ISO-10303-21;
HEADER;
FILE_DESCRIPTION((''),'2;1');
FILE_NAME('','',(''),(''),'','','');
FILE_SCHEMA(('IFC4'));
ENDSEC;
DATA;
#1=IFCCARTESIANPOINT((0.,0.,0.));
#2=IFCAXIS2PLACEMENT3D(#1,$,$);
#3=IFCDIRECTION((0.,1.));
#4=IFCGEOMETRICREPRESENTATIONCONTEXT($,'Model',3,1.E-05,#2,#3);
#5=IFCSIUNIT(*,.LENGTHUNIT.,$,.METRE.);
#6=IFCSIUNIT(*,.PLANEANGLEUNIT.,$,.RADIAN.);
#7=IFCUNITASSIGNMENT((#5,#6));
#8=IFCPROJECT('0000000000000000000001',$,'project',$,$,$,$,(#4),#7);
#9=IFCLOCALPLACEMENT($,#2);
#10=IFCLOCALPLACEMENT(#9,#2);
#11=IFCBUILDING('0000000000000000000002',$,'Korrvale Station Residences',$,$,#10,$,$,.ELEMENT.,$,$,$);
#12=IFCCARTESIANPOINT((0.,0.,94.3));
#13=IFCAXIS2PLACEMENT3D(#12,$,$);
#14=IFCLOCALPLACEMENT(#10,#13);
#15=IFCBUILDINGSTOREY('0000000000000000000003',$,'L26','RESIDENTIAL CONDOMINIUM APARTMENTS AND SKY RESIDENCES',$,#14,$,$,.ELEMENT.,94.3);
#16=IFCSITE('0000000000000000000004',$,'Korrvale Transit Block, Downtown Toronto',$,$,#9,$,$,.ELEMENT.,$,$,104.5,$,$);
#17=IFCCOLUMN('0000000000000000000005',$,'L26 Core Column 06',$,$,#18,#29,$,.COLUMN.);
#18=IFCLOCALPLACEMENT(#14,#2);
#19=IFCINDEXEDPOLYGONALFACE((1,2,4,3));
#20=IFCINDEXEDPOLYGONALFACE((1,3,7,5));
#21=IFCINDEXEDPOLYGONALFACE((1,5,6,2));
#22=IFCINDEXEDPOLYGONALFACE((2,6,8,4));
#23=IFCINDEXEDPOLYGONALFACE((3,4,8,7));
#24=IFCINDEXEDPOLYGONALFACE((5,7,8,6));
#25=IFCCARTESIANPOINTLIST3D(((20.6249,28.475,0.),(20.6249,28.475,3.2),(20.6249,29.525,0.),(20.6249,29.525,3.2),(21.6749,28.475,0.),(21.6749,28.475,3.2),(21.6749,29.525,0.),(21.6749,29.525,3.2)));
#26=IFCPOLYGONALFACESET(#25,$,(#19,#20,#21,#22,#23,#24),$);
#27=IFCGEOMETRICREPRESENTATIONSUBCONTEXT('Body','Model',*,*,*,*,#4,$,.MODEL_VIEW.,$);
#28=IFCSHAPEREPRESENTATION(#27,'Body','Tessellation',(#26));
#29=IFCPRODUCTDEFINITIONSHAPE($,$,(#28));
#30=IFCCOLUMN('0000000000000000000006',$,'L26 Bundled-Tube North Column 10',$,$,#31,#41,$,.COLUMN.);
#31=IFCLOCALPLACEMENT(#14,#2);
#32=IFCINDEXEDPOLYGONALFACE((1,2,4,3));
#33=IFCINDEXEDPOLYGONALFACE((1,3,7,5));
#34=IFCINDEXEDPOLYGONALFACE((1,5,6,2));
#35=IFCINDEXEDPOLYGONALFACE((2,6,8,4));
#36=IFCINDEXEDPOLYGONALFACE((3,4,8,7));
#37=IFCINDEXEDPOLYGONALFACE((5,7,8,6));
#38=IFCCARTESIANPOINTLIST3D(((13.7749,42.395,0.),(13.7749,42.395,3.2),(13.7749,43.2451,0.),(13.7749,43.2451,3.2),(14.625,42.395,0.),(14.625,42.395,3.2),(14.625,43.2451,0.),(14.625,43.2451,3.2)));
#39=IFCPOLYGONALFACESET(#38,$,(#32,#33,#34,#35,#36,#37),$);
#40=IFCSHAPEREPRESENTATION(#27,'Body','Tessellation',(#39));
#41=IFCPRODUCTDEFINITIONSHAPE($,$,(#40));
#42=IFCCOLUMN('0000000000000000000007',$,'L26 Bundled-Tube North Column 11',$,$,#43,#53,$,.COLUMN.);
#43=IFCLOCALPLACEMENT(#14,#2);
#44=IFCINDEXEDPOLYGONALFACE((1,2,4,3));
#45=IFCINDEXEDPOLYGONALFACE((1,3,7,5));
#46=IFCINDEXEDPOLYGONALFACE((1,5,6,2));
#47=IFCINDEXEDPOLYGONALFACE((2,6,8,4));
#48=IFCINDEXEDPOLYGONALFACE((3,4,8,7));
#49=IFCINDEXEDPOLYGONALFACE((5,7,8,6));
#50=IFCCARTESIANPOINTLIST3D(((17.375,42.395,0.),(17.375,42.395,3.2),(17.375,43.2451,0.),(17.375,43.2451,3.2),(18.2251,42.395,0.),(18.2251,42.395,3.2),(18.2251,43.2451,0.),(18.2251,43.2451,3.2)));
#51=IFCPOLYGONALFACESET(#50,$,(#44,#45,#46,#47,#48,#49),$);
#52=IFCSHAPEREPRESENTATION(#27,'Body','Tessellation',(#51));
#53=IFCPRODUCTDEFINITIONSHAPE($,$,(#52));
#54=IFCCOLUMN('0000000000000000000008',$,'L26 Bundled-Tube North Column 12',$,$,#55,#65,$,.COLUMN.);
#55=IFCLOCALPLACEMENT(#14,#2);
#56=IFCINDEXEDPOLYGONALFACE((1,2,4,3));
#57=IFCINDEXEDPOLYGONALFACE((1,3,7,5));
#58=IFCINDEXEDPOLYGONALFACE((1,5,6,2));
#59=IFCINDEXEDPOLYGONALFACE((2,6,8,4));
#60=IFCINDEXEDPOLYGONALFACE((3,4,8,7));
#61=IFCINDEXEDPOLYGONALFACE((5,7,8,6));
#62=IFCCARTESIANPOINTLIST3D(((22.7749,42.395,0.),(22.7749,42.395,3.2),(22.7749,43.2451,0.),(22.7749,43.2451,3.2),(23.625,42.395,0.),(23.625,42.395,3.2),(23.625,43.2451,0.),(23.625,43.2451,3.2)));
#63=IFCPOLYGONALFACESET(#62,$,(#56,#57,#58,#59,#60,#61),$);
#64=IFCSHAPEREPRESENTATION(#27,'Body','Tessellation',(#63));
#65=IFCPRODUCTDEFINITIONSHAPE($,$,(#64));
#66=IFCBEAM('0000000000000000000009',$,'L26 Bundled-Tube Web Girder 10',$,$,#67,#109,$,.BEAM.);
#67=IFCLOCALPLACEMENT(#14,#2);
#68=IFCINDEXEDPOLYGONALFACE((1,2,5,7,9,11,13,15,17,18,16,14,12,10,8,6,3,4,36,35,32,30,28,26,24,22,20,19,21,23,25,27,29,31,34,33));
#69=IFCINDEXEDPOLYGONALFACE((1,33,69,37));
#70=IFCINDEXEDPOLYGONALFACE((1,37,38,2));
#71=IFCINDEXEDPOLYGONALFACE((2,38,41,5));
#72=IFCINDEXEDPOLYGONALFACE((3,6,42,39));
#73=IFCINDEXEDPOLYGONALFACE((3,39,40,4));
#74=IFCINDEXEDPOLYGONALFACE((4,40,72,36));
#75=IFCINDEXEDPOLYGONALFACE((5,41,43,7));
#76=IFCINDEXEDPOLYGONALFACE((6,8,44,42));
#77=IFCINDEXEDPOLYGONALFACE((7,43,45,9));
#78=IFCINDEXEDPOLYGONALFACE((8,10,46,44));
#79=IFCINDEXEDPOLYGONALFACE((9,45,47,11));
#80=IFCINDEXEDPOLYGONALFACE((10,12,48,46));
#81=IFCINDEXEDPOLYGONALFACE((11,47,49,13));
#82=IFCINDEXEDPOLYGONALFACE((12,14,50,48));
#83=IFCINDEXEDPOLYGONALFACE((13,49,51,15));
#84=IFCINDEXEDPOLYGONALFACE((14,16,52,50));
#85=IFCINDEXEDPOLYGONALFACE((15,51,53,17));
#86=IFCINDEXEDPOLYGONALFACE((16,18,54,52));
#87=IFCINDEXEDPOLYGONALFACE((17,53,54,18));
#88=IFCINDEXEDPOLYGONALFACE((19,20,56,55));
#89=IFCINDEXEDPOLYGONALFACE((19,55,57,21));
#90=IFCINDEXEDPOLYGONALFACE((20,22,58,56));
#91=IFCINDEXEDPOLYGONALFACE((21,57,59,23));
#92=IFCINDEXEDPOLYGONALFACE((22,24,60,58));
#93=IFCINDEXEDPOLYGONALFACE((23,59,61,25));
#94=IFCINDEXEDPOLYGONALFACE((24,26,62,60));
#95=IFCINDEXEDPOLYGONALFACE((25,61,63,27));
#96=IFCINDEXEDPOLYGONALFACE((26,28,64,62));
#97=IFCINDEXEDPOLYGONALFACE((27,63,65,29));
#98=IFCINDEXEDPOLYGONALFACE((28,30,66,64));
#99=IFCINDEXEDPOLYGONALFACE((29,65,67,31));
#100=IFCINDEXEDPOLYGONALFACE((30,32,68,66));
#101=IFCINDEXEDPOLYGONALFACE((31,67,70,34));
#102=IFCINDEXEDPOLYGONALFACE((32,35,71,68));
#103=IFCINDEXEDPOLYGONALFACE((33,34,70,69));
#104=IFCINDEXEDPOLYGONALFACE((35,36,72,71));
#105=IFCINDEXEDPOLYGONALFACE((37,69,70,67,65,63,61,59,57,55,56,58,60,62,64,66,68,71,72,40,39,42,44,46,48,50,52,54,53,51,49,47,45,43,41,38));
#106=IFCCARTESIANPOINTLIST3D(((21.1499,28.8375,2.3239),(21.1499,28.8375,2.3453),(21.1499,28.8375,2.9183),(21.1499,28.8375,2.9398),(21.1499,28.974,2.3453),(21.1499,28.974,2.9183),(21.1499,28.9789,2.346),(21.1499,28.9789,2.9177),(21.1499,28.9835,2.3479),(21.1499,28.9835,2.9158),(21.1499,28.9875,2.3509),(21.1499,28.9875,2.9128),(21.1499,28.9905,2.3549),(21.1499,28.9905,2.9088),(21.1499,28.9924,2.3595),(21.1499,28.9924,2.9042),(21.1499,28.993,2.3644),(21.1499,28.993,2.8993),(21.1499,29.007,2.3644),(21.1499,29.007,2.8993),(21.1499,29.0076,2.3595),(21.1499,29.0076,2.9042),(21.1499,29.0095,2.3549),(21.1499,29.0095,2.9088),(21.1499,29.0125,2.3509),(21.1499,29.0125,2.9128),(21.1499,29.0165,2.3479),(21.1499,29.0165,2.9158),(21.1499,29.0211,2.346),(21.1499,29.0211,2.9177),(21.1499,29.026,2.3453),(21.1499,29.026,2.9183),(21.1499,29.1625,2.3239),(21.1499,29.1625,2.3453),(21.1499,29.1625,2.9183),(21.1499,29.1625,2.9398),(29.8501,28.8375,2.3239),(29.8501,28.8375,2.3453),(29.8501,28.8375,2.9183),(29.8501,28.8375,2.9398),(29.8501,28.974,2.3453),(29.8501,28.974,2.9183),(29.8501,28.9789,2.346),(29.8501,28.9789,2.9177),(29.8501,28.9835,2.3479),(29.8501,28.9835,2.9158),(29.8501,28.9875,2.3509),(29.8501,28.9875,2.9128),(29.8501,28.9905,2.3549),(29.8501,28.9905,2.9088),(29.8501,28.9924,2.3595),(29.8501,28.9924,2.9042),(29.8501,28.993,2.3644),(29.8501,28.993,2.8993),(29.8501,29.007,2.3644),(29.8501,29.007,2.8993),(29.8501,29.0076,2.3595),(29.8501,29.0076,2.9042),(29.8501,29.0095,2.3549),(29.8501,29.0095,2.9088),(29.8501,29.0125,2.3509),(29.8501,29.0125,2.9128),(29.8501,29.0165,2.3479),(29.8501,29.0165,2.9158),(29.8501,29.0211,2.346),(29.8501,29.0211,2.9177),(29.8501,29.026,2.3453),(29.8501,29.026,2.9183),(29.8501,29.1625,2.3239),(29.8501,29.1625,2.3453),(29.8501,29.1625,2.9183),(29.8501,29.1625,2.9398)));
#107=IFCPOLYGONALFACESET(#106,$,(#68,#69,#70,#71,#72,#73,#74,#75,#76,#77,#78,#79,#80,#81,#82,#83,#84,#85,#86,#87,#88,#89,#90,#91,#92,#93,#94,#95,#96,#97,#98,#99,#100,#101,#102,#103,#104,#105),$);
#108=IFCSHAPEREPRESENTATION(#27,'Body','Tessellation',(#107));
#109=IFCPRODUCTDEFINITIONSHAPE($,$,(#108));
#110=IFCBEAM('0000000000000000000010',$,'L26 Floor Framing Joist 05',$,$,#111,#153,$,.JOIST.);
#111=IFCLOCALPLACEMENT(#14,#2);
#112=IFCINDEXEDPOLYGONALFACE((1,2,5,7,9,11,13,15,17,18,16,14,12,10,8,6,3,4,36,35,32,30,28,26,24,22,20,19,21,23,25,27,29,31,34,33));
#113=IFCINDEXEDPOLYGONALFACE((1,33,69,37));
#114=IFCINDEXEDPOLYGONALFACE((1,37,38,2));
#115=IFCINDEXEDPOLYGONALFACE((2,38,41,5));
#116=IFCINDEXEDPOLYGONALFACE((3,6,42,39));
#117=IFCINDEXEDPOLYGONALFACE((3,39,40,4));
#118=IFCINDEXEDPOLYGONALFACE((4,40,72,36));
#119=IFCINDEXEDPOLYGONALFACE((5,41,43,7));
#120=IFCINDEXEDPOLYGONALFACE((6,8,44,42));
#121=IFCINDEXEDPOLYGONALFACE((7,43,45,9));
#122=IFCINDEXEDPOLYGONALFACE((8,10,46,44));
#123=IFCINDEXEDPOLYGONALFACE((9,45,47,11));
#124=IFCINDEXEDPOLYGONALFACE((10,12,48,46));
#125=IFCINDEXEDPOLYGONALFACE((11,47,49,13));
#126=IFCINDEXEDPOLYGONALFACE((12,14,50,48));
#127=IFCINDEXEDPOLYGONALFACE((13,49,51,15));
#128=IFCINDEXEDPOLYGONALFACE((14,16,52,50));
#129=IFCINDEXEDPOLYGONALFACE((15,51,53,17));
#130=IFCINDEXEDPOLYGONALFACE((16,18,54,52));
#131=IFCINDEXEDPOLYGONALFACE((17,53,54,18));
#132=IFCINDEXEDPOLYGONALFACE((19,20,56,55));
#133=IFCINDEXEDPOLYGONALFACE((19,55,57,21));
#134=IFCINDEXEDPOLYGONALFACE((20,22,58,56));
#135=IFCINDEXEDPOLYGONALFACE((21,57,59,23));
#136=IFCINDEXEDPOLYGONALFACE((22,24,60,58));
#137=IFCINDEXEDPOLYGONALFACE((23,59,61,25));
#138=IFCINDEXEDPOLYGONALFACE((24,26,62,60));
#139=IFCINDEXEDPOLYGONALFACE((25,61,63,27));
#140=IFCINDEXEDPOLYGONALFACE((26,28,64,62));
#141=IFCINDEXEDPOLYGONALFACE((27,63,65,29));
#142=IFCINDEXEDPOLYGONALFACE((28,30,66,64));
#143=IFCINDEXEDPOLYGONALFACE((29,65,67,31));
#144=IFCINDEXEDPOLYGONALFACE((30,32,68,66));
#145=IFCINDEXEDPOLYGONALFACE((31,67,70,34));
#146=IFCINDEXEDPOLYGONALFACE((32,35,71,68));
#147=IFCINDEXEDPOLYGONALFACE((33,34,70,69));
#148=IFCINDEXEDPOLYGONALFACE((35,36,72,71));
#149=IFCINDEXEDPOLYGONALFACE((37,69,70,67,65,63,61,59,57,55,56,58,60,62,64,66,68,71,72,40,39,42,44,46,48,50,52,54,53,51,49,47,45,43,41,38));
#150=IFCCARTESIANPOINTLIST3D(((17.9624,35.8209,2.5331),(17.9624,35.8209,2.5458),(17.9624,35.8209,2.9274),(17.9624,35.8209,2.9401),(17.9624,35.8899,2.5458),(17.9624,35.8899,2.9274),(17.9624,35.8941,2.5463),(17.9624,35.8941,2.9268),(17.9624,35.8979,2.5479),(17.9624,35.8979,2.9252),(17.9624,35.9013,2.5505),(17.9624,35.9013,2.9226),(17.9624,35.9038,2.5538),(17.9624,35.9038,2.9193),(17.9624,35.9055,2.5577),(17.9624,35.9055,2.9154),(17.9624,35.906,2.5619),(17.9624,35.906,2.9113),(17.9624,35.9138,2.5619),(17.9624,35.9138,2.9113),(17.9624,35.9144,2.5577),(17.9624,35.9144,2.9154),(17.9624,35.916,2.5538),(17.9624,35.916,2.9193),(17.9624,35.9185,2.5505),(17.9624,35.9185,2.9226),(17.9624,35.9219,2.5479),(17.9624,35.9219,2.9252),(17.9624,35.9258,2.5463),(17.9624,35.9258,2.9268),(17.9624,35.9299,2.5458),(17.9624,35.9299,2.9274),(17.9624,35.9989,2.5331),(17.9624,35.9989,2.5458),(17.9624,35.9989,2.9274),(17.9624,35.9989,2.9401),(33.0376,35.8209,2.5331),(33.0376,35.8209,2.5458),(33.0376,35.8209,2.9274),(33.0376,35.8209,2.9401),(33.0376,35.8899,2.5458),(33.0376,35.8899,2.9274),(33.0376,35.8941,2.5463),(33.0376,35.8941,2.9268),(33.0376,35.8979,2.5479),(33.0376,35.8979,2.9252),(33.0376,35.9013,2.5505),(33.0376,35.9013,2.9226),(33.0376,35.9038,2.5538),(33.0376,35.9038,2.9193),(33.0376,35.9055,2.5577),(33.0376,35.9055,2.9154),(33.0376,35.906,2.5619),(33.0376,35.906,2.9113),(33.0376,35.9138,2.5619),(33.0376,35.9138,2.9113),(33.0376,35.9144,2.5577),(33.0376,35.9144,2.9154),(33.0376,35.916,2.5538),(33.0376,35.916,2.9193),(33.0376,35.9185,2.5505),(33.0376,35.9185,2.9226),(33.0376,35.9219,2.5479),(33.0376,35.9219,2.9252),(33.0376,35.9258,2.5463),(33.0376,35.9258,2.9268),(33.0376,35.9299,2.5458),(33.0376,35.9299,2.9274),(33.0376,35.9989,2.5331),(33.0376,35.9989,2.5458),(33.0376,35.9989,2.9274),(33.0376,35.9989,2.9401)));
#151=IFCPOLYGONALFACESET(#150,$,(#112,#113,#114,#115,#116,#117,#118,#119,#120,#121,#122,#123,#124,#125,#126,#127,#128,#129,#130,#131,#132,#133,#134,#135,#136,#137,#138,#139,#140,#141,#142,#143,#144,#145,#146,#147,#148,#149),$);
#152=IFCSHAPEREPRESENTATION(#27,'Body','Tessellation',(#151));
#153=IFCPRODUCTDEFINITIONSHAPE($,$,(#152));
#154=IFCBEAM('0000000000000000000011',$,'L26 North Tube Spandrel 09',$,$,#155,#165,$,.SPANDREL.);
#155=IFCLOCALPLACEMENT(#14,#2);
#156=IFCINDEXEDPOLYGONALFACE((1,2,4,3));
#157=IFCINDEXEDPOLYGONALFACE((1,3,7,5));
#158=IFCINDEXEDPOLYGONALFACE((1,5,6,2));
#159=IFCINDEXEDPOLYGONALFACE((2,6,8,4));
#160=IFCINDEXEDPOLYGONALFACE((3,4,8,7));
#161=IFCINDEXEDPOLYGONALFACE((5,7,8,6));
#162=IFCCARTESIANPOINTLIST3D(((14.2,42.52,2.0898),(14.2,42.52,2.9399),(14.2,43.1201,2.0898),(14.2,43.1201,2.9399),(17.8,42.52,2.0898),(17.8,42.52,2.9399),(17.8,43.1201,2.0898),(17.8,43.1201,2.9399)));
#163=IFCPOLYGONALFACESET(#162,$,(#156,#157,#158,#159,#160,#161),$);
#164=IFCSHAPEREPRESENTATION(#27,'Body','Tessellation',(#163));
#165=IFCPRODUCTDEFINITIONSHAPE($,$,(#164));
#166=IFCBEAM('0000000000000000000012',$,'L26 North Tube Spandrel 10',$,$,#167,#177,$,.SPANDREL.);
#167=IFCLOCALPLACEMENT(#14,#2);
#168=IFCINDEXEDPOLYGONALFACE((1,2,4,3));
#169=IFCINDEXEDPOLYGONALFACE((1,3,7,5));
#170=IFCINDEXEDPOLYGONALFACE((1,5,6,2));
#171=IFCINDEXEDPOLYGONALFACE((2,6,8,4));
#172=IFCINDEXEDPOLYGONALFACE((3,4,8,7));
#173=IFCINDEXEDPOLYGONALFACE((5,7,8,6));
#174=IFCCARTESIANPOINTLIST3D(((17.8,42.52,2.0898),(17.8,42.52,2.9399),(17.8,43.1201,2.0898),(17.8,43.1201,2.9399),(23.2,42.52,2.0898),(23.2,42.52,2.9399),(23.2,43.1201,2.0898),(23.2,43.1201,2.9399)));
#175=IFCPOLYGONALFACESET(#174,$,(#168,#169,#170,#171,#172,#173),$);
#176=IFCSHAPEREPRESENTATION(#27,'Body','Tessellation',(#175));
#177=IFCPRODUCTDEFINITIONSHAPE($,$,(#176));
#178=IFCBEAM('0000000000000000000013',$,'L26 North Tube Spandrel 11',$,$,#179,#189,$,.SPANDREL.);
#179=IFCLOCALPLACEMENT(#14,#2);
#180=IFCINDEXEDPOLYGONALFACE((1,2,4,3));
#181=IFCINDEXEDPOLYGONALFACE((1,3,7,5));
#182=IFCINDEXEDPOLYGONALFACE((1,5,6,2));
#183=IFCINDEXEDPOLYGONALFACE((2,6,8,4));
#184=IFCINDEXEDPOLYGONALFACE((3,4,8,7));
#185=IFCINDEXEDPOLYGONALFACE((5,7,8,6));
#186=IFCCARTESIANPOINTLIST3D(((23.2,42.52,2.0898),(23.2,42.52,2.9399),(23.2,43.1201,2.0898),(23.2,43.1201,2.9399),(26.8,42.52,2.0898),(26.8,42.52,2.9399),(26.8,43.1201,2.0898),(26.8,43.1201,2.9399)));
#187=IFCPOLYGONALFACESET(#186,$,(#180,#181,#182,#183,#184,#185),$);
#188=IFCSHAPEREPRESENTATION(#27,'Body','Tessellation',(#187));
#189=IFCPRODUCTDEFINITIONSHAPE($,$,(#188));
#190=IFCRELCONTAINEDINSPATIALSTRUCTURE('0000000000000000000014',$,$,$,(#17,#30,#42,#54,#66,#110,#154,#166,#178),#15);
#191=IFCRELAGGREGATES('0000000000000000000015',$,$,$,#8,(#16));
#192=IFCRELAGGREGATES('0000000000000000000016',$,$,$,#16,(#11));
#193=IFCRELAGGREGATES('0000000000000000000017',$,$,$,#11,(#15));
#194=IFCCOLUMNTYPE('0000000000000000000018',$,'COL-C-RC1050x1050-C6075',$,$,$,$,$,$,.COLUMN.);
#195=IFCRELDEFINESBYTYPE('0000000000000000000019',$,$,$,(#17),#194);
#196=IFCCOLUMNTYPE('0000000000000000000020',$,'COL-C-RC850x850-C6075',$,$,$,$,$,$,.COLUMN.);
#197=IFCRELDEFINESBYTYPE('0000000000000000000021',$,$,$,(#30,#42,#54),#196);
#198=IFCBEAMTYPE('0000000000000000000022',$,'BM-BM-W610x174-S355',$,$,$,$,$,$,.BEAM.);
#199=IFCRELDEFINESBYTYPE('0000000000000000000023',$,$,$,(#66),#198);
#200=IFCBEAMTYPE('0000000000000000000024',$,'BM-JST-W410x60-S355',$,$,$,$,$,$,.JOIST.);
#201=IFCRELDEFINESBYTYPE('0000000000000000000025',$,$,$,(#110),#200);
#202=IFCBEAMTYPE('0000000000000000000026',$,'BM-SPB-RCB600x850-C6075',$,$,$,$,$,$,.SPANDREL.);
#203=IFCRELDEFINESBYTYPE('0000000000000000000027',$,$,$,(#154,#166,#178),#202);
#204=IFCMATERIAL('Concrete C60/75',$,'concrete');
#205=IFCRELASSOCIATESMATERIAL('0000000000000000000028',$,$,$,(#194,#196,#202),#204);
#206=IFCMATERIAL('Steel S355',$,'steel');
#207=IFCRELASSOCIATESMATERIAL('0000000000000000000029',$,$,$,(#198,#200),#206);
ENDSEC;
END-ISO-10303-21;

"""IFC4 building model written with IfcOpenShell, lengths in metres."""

from ifc_helpers import new_model, si_unit, direction, frame, origin, origin_2d, place, context, subcontext, project, spatial, rectangle, i_section, extrude, material, material_profile, profile_set, type_object, element, save


model = new_model("IFC4")

# Units and contexts
model_context = context("Model", 3, precision=1e-05, world=origin(), true_north=direction((0.0, 1.0)))
body_context = subcontext(model_context, "Body", "Model", "MODEL_VIEW")
ifc_project = project(units=[si_unit("LENGTHUNIT", "METRE"), si_unit("PLANEANGLEUNIT", "RADIAN")], contexts=[model_context])

# Site, building, storey
site_placement = place(None, origin())
site = spatial("IfcSite", under=ifc_project, at=site_placement, Name="Korrvale Transit Block, Downtown Toronto", CompositionType="ELEMENT", RefElevation=104.5)
building_placement = place(site_placement, origin())
building = spatial("IfcBuilding", under=site, at=building_placement, Name="Korrvale Station Residences", CompositionType="ELEMENT")
storey_placement = place(building_placement, frame((0.0, 0.0, 94.3)))
storey = spatial("IfcBuildingStorey", under=building, at=storey_placement, Name="L26", Description="RESIDENTIAL CONDOMINIUM APARTMENTS AND SKY RESIDENCES", CompositionType="ELEMENT", Elevation=94.3)

# Columns
ifc_material_1 = material(Name="Concrete C60/75", Category="concrete")
ifc_material_profile_1 = material_profile(ifc_material_1, rectangle(XDim=1.05, YDim=1.05, at=origin_2d()), Name="RC1050x1050")
ifc_profile_set_1 = profile_set([ifc_material_profile_1], Name="Concrete C60/75")
column_type_1 = type_object("IfcColumnType", Name="COL-C-RC1050x1050-C6075", PredefinedType="COLUMN", material=ifc_profile_set_1)
column_placement = place(storey_placement, frame((21.1499, 29.0, 0.0), z_axis=(0.0, 0.0, 1.0), x_axis=(1.0, 0.0, 0.0)))
element("IfcColumn", 1, at=column_placement, inside=storey, type_object=column_type_1, Name="L26 Core Column 06", PredefinedType="COLUMN", context=body_context, shape_type="SweptSolid", body=[
    extrude(rectangle(XDim=1.05, YDim=1.05, at=origin_2d()), origin(), (0.0, 0.0, 1.0), 3.2),
])
ifc_material_profile_2 = material_profile(ifc_material_1, rectangle(XDim=0.8501, YDim=0.8501, at=origin_2d()), Name="RC850x850")
ifc_profile_set_2 = profile_set([ifc_material_profile_2], Name="Concrete C60/75")
column_type_2 = type_object("IfcColumnType", Name="COL-C-RC850x850-C6075", PredefinedType="COLUMN", material=ifc_profile_set_2)
for number, where, z_axis, x_axis, name in (
    (2, (14.2, 42.8201, 0.0), (0.0, 0.0, 1.0), (1.0, 0.0, 0.0), "L26 Bundled-Tube North Column 10"),
    (3, (17.8, 42.8201, 0.0), (0.0, 0.0, 1.0), (1.0, 0.0, 0.0), "L26 Bundled-Tube North Column 11"),
    (4, (23.2, 42.8201, 0.0), (0.0, 0.0, 1.0), (1.0, 0.0, 0.0), "L26 Bundled-Tube North Column 12"),
):
    element("IfcColumn", number, at=place(storey_placement, frame(where, z_axis=z_axis, x_axis=x_axis)), inside=storey, type_object=column_type_2, Name=name, PredefinedType="COLUMN", context=body_context, shape_type="SweptSolid", body=[
        extrude(rectangle(XDim=0.8501, YDim=0.8501, at=origin_2d()), origin(), (0.0, 0.0, 1.0), 3.2),
    ])

# Beams
ifc_material_2 = material(Name="Steel S355", Category="steel")
ifc_material_profile_3 = material_profile(ifc_material_2, i_section(OverallWidth=0.325, OverallDepth=0.616, WebThickness=0.0139, FlangeThickness=0.0215, FilletRadius=0.019, at=origin_2d()), Name="W610x174")
ifc_profile_set_3 = profile_set([ifc_material_profile_3], Name="Steel S355")
beam_type_1 = type_object("IfcBeamType", Name="BM-BM-W610x174-S355", PredefinedType="BEAM", material=ifc_profile_set_3)
beam_1_placement = place(storey_placement, frame((21.1499, 29.0, 2.6318), z_axis=(1.0, 0.0, 0.0), x_axis=(0.0, 1.0, 0.0)))
element("IfcBeam", 5, at=beam_1_placement, inside=storey, type_object=beam_type_1, Name="L26 Bundled-Tube Web Girder 10", PredefinedType="BEAM", context=body_context, shape_type="SweptSolid", body=[
    extrude(i_section(OverallWidth=0.325, OverallDepth=0.616, WebThickness=0.0139, FlangeThickness=0.0215, FilletRadius=0.019, at=origin_2d()), origin(), (0.0, 0.0, 1.0), 8.7002),
])
ifc_material_profile_4 = material_profile(ifc_material_2, i_section(OverallWidth=0.178, OverallDepth=0.407, WebThickness=0.0078, FlangeThickness=0.0127, FilletRadius=0.0161, at=origin_2d()), Name="W410x60")
ifc_profile_set_4 = profile_set([ifc_material_profile_4], Name="Steel S355")
beam_type_2 = type_object("IfcBeamType", Name="BM-JST-W410x60-S355", PredefinedType="JOIST", material=ifc_profile_set_4)
beam_2_placement = place(storey_placement, frame((17.9624, 35.9099, 2.7366), z_axis=(1.0, 0.0, 0.0), x_axis=(0.0, 1.0, 0.0)))
element("IfcBeam", 6, at=beam_2_placement, inside=storey, type_object=beam_type_2, Name="L26 Floor Framing Joist 05", PredefinedType="JOIST", context=body_context, shape_type="SweptSolid", body=[
    extrude(i_section(OverallWidth=0.178, OverallDepth=0.407, WebThickness=0.0078, FlangeThickness=0.0127, FilletRadius=0.0161, at=origin_2d()), origin(), (0.0, 0.0, 1.0), 15.0752),
])
ifc_material_profile_5 = material_profile(ifc_material_1, rectangle(XDim=0.6001, YDim=0.8501, at=origin_2d()), Name="RCB600x850")
ifc_profile_set_5 = profile_set([ifc_material_profile_5], Name="Concrete C60/75")
beam_type_3 = type_object("IfcBeamType", Name="BM-SPB-RCB600x850-C6075", PredefinedType="SPANDREL", material=ifc_profile_set_5)
beam_3_placement = place(storey_placement, frame((14.2, 42.8201, 2.5149), z_axis=(1.0, 0.0, 0.0), x_axis=(0.0, 1.0, 0.0)))
element("IfcBeam", 7, at=beam_3_placement, inside=storey, type_object=beam_type_3, Name="L26 North Tube Spandrel 09", PredefinedType="SPANDREL", context=body_context, shape_type="SweptSolid", body=[
    extrude(rectangle(XDim=0.6001, YDim=0.8501, at=origin_2d()), origin(), (0.0, 0.0, 1.0), 3.6001),
])
beam_4_placement = place(storey_placement, frame((17.8, 42.8201, 2.5149), z_axis=(1.0, 0.0, 0.0), x_axis=(0.0, 1.0, 0.0)))
element("IfcBeam", 8, at=beam_4_placement, inside=storey, type_object=beam_type_3, Name="L26 North Tube Spandrel 10", PredefinedType="SPANDREL", context=body_context, shape_type="SweptSolid", body=[
    extrude(rectangle(XDim=0.6001, YDim=0.8501, at=origin_2d()), origin(), (0.0, 0.0, 1.0), 5.3999),
])
beam_5_placement = place(storey_placement, frame((23.2, 42.8201, 2.5149), z_axis=(1.0, 0.0, 0.0), x_axis=(0.0, 1.0, 0.0)))
element("IfcBeam", 9, at=beam_5_placement, inside=storey, type_object=beam_type_3, Name="L26 North Tube Spandrel 11", PredefinedType="SPANDREL", context=body_context, shape_type="SweptSolid", body=[
    extrude(rectangle(XDim=0.6001, YDim=0.8501, at=origin_2d()), origin(), (0.0, 0.0, 1.0), 3.6001),
])

save(model, "model.ifc")
